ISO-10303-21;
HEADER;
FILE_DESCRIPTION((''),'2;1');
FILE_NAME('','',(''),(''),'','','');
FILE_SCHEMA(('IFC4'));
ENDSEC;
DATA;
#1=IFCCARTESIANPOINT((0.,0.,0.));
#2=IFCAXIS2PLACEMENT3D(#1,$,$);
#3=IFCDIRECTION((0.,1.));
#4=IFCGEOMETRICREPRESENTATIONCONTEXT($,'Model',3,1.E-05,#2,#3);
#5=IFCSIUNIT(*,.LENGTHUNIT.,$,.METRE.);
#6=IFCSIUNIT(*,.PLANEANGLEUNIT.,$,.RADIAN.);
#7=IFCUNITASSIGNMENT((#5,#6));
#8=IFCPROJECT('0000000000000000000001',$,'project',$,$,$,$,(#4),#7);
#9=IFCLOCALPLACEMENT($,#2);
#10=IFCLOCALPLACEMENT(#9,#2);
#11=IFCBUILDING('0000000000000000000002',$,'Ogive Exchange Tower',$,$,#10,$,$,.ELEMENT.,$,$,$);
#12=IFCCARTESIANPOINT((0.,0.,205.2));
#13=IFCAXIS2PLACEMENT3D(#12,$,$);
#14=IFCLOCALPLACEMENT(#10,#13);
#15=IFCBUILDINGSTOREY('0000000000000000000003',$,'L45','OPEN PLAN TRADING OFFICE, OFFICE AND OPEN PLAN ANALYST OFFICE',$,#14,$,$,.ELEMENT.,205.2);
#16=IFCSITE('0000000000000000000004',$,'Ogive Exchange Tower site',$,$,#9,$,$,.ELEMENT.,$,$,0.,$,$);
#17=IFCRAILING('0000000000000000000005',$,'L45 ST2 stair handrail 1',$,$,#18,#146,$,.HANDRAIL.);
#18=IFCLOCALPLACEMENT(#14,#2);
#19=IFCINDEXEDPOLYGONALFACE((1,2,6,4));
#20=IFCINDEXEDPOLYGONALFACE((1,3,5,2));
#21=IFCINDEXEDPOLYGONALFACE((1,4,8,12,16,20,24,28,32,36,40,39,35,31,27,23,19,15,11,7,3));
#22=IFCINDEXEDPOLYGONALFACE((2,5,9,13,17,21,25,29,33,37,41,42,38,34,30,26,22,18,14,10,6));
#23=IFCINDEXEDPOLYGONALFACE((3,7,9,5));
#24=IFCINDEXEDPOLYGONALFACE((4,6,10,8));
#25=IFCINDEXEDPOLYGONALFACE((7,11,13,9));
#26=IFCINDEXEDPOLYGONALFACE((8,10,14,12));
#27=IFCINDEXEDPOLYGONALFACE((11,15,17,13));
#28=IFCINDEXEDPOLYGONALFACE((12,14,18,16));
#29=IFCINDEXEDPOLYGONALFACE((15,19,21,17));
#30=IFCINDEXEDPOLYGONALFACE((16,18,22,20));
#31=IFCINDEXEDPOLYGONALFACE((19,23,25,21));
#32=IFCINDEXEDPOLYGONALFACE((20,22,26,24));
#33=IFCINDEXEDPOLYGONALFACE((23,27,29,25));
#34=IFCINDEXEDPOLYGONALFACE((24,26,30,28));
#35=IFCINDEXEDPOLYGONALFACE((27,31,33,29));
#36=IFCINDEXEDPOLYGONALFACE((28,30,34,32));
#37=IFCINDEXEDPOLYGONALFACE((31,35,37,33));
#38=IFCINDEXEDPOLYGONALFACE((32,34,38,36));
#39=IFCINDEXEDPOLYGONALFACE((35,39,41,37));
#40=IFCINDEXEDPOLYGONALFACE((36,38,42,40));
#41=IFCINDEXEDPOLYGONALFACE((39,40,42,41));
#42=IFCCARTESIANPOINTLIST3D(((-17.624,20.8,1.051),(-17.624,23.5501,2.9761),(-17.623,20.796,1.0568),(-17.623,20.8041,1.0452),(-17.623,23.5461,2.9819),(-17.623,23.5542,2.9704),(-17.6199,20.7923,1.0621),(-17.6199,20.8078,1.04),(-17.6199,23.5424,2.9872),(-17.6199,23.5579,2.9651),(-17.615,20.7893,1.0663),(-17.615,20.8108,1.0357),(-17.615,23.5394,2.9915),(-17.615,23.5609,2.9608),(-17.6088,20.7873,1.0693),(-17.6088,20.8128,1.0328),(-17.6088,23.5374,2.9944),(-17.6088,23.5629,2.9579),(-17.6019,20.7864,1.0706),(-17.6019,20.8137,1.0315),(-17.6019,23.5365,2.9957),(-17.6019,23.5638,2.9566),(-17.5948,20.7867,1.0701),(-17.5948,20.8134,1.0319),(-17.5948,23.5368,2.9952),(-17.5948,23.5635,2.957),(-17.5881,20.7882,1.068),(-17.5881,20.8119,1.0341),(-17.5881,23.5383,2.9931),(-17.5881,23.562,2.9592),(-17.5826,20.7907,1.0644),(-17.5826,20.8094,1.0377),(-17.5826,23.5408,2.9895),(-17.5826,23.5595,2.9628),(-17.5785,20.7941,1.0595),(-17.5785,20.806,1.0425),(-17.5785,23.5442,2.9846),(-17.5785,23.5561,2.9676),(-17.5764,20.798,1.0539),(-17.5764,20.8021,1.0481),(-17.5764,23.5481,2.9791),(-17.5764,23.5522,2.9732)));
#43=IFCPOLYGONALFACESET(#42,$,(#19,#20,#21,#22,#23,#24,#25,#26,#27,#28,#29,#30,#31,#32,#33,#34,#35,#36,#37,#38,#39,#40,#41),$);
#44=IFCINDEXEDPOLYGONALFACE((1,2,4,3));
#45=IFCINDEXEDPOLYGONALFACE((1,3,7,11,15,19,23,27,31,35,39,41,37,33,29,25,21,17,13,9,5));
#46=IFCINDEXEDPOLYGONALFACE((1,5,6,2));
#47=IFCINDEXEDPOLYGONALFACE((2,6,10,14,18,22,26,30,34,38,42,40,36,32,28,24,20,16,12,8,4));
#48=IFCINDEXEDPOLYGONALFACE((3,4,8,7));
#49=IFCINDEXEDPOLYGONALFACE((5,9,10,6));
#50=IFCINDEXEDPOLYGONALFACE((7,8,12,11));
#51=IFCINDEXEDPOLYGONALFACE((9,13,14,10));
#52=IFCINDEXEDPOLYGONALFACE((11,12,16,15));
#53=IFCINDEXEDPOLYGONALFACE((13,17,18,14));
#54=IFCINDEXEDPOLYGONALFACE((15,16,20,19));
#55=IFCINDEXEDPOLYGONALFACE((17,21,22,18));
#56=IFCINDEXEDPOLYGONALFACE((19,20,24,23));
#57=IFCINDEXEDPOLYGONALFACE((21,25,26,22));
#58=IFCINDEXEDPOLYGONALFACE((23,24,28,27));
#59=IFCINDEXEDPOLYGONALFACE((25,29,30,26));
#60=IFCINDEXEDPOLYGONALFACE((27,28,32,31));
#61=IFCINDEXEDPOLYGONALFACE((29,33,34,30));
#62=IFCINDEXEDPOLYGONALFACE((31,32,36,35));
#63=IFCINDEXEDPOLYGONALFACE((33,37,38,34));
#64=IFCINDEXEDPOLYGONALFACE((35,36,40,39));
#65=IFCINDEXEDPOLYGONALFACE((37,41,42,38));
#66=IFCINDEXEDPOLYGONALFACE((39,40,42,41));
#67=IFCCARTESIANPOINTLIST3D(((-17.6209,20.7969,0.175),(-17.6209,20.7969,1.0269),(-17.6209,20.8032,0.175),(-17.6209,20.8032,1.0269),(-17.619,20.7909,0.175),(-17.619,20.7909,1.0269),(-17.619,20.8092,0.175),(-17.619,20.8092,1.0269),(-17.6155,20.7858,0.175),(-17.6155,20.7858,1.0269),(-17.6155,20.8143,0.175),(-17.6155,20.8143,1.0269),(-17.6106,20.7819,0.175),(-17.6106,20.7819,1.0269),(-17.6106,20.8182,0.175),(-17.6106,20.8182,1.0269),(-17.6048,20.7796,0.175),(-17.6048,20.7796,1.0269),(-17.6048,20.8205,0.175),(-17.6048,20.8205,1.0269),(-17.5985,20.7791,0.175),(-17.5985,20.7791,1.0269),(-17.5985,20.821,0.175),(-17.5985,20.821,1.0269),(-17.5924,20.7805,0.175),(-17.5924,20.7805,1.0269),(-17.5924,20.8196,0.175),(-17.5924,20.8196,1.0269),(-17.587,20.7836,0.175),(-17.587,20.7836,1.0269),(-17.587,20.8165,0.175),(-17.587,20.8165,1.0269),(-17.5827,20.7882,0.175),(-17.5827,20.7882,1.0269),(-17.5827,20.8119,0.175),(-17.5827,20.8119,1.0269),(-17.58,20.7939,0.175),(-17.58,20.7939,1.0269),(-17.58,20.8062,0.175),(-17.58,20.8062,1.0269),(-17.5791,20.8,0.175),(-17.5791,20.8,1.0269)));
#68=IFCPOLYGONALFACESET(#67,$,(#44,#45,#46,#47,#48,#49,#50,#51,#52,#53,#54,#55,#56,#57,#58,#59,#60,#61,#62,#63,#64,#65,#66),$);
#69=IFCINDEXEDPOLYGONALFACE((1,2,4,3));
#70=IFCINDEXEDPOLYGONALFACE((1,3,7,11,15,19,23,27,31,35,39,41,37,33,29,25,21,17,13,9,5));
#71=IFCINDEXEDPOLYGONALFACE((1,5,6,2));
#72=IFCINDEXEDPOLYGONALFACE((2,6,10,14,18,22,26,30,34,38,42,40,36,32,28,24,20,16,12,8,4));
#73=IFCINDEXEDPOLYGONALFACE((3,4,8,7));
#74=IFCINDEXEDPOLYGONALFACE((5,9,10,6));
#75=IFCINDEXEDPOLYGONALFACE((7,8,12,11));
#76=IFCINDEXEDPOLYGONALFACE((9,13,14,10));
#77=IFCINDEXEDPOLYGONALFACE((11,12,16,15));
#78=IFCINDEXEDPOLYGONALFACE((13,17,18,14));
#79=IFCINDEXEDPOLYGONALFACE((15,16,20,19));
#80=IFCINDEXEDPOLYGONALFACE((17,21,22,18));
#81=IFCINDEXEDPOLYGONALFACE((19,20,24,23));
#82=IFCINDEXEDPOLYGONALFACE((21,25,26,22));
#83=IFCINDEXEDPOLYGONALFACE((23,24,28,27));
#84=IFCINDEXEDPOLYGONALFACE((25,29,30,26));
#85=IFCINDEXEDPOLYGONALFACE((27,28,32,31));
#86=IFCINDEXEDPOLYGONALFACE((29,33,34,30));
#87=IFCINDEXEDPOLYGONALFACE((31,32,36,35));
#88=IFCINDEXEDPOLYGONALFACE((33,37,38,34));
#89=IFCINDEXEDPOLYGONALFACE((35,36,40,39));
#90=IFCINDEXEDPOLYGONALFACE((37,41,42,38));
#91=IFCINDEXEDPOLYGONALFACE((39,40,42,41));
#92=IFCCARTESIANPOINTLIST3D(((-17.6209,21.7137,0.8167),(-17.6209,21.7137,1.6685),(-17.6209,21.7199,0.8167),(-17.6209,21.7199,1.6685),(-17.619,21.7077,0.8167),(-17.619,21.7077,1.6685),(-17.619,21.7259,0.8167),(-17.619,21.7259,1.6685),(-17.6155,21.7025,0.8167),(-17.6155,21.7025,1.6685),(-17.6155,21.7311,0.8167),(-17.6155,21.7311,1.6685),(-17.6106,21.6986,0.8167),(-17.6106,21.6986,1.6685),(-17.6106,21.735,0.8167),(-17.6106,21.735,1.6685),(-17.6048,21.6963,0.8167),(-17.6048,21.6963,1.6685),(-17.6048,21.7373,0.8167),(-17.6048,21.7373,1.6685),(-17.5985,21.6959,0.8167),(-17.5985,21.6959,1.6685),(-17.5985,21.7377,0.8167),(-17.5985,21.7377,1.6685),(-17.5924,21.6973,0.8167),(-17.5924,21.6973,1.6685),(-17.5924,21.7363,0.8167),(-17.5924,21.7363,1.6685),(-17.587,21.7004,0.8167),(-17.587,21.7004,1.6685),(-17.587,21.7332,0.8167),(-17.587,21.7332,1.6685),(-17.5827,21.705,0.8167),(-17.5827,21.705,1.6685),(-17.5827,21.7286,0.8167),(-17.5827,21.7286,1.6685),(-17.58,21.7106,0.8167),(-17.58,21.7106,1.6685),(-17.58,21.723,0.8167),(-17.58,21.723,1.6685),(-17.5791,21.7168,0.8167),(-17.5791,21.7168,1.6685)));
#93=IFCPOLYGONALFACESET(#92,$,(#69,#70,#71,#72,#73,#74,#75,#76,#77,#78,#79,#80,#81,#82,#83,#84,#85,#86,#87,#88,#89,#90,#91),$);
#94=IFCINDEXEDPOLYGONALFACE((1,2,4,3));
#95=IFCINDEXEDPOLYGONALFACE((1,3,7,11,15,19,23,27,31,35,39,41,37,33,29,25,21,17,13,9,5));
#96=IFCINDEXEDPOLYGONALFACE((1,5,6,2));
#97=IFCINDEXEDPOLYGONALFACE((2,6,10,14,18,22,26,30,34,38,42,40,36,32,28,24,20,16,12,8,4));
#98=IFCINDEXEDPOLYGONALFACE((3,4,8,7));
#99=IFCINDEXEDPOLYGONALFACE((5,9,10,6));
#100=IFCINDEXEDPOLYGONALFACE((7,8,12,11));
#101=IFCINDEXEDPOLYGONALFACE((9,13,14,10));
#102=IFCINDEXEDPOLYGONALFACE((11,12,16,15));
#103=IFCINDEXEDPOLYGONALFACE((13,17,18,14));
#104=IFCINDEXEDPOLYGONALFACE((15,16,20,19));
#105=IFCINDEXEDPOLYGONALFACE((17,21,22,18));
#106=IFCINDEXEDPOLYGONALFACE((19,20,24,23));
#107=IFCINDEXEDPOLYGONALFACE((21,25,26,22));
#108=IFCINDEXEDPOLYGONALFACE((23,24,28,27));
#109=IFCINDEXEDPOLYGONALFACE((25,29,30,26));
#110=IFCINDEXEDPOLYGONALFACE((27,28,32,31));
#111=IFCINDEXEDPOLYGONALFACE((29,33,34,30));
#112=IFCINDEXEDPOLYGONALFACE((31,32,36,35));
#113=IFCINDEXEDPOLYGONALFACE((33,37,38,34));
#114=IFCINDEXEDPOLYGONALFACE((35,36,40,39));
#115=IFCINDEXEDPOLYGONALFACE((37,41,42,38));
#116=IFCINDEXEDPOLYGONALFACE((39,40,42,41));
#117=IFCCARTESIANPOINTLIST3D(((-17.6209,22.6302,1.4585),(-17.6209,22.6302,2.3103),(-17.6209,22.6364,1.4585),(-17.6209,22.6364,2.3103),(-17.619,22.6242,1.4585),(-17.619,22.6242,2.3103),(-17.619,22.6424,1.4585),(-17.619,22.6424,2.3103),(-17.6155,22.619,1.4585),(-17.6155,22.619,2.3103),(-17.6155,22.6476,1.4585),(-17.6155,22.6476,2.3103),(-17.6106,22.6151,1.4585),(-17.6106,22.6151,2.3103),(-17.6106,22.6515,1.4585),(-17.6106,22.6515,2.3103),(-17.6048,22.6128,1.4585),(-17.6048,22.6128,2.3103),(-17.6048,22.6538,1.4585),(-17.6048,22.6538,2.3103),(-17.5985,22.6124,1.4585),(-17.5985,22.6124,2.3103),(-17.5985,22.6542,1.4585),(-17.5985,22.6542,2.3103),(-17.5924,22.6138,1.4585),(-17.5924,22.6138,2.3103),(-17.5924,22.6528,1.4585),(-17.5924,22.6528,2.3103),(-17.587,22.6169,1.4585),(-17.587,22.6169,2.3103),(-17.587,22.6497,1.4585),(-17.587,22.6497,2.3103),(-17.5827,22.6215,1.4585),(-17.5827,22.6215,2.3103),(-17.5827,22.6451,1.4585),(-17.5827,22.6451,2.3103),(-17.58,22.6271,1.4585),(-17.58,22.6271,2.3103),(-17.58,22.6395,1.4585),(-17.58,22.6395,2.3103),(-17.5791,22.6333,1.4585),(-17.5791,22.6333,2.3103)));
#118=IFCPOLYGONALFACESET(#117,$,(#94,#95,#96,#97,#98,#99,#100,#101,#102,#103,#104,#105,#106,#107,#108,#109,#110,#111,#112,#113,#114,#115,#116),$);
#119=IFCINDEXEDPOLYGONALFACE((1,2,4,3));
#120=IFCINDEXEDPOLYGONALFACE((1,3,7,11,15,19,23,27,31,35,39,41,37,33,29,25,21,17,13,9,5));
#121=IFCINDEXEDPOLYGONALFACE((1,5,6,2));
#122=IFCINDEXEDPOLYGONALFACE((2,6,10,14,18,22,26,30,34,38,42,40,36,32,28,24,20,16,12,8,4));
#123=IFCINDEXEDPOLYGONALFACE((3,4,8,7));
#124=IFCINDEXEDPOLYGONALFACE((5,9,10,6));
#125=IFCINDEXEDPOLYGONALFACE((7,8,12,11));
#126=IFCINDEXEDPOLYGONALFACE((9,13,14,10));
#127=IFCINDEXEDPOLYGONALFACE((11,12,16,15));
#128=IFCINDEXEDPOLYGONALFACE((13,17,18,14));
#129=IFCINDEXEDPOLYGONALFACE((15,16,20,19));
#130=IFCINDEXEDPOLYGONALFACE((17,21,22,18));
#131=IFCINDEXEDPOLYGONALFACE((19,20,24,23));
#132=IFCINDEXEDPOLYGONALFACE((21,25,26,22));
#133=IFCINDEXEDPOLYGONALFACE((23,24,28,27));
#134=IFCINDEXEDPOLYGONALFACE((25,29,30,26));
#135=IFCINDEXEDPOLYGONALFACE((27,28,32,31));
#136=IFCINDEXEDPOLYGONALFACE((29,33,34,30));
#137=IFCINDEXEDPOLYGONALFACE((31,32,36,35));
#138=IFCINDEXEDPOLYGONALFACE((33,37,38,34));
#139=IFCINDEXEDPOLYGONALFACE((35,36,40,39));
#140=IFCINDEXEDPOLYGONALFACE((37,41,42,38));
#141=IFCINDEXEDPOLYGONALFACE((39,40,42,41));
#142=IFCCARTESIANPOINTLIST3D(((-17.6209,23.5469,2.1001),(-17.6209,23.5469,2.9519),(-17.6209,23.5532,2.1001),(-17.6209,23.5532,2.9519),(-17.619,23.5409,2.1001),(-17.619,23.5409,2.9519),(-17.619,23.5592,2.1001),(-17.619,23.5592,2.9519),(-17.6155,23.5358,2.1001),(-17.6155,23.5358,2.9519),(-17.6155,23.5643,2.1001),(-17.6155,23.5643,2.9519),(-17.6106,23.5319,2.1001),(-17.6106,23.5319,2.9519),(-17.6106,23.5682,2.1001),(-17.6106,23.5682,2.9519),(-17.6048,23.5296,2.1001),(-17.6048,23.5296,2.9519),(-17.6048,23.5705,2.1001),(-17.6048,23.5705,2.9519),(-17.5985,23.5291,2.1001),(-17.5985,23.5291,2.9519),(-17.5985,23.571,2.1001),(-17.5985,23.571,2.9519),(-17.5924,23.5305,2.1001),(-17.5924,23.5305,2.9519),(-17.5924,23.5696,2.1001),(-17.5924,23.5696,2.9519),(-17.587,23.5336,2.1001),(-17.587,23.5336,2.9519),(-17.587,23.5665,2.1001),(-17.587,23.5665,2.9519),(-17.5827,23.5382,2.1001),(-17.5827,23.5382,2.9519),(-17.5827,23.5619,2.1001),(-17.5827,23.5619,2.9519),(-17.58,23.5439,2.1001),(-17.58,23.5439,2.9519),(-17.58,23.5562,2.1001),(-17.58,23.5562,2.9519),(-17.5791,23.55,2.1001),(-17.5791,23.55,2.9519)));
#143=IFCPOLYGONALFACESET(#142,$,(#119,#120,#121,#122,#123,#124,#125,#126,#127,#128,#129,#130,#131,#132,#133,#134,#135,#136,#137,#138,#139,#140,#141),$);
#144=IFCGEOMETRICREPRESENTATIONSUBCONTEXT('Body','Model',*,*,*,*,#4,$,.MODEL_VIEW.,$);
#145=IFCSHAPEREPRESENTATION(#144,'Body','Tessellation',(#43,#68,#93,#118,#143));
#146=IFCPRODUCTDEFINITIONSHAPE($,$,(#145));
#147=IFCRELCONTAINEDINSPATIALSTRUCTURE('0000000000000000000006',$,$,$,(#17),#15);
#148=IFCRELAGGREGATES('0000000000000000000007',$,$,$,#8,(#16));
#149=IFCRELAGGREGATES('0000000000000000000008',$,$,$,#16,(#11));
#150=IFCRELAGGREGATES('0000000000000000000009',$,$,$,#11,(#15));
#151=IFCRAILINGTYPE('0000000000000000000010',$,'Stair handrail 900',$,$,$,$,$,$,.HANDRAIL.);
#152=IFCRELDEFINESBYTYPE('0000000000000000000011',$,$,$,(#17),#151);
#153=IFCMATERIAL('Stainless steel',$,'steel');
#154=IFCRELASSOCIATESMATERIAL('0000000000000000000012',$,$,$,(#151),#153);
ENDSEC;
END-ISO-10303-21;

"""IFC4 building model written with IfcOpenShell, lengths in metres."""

from ifc_helpers import new_model, si_unit, direction, frame, origin, origin_2d, place, context, subcontext, project, spatial, circle, extrude, material, type_object, element, save


model = new_model("IFC4")

# Units and contexts
model_context = context("Model", 3, precision=1e-05, world=origin(), true_north=direction((0.0, 1.0)))
body_context = subcontext(model_context, "Body", "Model", "MODEL_VIEW")
ifc_project = project(units=[si_unit("LENGTHUNIT", "METRE"), si_unit("PLANEANGLEUNIT", "RADIAN")], contexts=[model_context])

# Site, building, storey
site_placement = place(None, origin())
site = spatial("IfcSite", under=ifc_project, at=site_placement, Name="Ogive Exchange Tower site", CompositionType="ELEMENT", RefElevation=0.0)
building_placement = place(site_placement, origin())
building = spatial("IfcBuilding", under=site, at=building_placement, Name="Ogive Exchange Tower", CompositionType="ELEMENT")
storey_placement = place(building_placement, frame((0.0, 0.0, 205.2)))
storey = spatial("IfcBuildingStorey", under=building, at=storey_placement, Name="L45", Description="OPEN PLAN TRADING OFFICE, OFFICE AND OPEN PLAN ANALYST OFFICE", CompositionType="ELEMENT", Elevation=205.2)

# Railing
ifc_material_1 = material(Name="Stainless steel", Category="steel")
railing_type = type_object("IfcRailingType", Name="Stair handrail 900", PredefinedType="HANDRAIL", material=ifc_material_1)
railing_1_placement = place(storey_placement, frame((-17.6001, 20.8, 0.175)))
element("IfcRailing", 1, at=railing_1_placement, inside=storey, type_object=railing_type, Name="L45 ST2 stair handrail 1", PredefinedType="HANDRAIL", context=body_context, shape_type="SweptSolid", body=[
    extrude(circle(Radius=0.0239, at=origin_2d()), frame((0.0, 0.0, 0.876), z_axis=(0.0, 0.819225, 0.573472), x_axis=(-1.0, 0.0, 0.0)), (0.0, 0.0, 1.0), 3.3569),
    extrude(circle(Radius=0.021, at=origin_2d()), origin(), (0.0, 0.0, 1.0), 0.8518),
    extrude(circle(Radius=0.021, at=origin_2d()), frame((0.0, 0.9167, 0.6416)), (0.0, 0.0, 1.0), 0.8518),
    extrude(circle(Radius=0.021, at=origin_2d()), frame((0.0, 1.8333, 1.2834)), (0.0, 0.0, 1.0), 0.8518),
    extrude(circle(Radius=0.021, at=origin_2d()), frame((0.0, 2.75, 1.925)), (0.0, 0.0, 1.0), 0.8518),
])

save(model, "model.ifc")
